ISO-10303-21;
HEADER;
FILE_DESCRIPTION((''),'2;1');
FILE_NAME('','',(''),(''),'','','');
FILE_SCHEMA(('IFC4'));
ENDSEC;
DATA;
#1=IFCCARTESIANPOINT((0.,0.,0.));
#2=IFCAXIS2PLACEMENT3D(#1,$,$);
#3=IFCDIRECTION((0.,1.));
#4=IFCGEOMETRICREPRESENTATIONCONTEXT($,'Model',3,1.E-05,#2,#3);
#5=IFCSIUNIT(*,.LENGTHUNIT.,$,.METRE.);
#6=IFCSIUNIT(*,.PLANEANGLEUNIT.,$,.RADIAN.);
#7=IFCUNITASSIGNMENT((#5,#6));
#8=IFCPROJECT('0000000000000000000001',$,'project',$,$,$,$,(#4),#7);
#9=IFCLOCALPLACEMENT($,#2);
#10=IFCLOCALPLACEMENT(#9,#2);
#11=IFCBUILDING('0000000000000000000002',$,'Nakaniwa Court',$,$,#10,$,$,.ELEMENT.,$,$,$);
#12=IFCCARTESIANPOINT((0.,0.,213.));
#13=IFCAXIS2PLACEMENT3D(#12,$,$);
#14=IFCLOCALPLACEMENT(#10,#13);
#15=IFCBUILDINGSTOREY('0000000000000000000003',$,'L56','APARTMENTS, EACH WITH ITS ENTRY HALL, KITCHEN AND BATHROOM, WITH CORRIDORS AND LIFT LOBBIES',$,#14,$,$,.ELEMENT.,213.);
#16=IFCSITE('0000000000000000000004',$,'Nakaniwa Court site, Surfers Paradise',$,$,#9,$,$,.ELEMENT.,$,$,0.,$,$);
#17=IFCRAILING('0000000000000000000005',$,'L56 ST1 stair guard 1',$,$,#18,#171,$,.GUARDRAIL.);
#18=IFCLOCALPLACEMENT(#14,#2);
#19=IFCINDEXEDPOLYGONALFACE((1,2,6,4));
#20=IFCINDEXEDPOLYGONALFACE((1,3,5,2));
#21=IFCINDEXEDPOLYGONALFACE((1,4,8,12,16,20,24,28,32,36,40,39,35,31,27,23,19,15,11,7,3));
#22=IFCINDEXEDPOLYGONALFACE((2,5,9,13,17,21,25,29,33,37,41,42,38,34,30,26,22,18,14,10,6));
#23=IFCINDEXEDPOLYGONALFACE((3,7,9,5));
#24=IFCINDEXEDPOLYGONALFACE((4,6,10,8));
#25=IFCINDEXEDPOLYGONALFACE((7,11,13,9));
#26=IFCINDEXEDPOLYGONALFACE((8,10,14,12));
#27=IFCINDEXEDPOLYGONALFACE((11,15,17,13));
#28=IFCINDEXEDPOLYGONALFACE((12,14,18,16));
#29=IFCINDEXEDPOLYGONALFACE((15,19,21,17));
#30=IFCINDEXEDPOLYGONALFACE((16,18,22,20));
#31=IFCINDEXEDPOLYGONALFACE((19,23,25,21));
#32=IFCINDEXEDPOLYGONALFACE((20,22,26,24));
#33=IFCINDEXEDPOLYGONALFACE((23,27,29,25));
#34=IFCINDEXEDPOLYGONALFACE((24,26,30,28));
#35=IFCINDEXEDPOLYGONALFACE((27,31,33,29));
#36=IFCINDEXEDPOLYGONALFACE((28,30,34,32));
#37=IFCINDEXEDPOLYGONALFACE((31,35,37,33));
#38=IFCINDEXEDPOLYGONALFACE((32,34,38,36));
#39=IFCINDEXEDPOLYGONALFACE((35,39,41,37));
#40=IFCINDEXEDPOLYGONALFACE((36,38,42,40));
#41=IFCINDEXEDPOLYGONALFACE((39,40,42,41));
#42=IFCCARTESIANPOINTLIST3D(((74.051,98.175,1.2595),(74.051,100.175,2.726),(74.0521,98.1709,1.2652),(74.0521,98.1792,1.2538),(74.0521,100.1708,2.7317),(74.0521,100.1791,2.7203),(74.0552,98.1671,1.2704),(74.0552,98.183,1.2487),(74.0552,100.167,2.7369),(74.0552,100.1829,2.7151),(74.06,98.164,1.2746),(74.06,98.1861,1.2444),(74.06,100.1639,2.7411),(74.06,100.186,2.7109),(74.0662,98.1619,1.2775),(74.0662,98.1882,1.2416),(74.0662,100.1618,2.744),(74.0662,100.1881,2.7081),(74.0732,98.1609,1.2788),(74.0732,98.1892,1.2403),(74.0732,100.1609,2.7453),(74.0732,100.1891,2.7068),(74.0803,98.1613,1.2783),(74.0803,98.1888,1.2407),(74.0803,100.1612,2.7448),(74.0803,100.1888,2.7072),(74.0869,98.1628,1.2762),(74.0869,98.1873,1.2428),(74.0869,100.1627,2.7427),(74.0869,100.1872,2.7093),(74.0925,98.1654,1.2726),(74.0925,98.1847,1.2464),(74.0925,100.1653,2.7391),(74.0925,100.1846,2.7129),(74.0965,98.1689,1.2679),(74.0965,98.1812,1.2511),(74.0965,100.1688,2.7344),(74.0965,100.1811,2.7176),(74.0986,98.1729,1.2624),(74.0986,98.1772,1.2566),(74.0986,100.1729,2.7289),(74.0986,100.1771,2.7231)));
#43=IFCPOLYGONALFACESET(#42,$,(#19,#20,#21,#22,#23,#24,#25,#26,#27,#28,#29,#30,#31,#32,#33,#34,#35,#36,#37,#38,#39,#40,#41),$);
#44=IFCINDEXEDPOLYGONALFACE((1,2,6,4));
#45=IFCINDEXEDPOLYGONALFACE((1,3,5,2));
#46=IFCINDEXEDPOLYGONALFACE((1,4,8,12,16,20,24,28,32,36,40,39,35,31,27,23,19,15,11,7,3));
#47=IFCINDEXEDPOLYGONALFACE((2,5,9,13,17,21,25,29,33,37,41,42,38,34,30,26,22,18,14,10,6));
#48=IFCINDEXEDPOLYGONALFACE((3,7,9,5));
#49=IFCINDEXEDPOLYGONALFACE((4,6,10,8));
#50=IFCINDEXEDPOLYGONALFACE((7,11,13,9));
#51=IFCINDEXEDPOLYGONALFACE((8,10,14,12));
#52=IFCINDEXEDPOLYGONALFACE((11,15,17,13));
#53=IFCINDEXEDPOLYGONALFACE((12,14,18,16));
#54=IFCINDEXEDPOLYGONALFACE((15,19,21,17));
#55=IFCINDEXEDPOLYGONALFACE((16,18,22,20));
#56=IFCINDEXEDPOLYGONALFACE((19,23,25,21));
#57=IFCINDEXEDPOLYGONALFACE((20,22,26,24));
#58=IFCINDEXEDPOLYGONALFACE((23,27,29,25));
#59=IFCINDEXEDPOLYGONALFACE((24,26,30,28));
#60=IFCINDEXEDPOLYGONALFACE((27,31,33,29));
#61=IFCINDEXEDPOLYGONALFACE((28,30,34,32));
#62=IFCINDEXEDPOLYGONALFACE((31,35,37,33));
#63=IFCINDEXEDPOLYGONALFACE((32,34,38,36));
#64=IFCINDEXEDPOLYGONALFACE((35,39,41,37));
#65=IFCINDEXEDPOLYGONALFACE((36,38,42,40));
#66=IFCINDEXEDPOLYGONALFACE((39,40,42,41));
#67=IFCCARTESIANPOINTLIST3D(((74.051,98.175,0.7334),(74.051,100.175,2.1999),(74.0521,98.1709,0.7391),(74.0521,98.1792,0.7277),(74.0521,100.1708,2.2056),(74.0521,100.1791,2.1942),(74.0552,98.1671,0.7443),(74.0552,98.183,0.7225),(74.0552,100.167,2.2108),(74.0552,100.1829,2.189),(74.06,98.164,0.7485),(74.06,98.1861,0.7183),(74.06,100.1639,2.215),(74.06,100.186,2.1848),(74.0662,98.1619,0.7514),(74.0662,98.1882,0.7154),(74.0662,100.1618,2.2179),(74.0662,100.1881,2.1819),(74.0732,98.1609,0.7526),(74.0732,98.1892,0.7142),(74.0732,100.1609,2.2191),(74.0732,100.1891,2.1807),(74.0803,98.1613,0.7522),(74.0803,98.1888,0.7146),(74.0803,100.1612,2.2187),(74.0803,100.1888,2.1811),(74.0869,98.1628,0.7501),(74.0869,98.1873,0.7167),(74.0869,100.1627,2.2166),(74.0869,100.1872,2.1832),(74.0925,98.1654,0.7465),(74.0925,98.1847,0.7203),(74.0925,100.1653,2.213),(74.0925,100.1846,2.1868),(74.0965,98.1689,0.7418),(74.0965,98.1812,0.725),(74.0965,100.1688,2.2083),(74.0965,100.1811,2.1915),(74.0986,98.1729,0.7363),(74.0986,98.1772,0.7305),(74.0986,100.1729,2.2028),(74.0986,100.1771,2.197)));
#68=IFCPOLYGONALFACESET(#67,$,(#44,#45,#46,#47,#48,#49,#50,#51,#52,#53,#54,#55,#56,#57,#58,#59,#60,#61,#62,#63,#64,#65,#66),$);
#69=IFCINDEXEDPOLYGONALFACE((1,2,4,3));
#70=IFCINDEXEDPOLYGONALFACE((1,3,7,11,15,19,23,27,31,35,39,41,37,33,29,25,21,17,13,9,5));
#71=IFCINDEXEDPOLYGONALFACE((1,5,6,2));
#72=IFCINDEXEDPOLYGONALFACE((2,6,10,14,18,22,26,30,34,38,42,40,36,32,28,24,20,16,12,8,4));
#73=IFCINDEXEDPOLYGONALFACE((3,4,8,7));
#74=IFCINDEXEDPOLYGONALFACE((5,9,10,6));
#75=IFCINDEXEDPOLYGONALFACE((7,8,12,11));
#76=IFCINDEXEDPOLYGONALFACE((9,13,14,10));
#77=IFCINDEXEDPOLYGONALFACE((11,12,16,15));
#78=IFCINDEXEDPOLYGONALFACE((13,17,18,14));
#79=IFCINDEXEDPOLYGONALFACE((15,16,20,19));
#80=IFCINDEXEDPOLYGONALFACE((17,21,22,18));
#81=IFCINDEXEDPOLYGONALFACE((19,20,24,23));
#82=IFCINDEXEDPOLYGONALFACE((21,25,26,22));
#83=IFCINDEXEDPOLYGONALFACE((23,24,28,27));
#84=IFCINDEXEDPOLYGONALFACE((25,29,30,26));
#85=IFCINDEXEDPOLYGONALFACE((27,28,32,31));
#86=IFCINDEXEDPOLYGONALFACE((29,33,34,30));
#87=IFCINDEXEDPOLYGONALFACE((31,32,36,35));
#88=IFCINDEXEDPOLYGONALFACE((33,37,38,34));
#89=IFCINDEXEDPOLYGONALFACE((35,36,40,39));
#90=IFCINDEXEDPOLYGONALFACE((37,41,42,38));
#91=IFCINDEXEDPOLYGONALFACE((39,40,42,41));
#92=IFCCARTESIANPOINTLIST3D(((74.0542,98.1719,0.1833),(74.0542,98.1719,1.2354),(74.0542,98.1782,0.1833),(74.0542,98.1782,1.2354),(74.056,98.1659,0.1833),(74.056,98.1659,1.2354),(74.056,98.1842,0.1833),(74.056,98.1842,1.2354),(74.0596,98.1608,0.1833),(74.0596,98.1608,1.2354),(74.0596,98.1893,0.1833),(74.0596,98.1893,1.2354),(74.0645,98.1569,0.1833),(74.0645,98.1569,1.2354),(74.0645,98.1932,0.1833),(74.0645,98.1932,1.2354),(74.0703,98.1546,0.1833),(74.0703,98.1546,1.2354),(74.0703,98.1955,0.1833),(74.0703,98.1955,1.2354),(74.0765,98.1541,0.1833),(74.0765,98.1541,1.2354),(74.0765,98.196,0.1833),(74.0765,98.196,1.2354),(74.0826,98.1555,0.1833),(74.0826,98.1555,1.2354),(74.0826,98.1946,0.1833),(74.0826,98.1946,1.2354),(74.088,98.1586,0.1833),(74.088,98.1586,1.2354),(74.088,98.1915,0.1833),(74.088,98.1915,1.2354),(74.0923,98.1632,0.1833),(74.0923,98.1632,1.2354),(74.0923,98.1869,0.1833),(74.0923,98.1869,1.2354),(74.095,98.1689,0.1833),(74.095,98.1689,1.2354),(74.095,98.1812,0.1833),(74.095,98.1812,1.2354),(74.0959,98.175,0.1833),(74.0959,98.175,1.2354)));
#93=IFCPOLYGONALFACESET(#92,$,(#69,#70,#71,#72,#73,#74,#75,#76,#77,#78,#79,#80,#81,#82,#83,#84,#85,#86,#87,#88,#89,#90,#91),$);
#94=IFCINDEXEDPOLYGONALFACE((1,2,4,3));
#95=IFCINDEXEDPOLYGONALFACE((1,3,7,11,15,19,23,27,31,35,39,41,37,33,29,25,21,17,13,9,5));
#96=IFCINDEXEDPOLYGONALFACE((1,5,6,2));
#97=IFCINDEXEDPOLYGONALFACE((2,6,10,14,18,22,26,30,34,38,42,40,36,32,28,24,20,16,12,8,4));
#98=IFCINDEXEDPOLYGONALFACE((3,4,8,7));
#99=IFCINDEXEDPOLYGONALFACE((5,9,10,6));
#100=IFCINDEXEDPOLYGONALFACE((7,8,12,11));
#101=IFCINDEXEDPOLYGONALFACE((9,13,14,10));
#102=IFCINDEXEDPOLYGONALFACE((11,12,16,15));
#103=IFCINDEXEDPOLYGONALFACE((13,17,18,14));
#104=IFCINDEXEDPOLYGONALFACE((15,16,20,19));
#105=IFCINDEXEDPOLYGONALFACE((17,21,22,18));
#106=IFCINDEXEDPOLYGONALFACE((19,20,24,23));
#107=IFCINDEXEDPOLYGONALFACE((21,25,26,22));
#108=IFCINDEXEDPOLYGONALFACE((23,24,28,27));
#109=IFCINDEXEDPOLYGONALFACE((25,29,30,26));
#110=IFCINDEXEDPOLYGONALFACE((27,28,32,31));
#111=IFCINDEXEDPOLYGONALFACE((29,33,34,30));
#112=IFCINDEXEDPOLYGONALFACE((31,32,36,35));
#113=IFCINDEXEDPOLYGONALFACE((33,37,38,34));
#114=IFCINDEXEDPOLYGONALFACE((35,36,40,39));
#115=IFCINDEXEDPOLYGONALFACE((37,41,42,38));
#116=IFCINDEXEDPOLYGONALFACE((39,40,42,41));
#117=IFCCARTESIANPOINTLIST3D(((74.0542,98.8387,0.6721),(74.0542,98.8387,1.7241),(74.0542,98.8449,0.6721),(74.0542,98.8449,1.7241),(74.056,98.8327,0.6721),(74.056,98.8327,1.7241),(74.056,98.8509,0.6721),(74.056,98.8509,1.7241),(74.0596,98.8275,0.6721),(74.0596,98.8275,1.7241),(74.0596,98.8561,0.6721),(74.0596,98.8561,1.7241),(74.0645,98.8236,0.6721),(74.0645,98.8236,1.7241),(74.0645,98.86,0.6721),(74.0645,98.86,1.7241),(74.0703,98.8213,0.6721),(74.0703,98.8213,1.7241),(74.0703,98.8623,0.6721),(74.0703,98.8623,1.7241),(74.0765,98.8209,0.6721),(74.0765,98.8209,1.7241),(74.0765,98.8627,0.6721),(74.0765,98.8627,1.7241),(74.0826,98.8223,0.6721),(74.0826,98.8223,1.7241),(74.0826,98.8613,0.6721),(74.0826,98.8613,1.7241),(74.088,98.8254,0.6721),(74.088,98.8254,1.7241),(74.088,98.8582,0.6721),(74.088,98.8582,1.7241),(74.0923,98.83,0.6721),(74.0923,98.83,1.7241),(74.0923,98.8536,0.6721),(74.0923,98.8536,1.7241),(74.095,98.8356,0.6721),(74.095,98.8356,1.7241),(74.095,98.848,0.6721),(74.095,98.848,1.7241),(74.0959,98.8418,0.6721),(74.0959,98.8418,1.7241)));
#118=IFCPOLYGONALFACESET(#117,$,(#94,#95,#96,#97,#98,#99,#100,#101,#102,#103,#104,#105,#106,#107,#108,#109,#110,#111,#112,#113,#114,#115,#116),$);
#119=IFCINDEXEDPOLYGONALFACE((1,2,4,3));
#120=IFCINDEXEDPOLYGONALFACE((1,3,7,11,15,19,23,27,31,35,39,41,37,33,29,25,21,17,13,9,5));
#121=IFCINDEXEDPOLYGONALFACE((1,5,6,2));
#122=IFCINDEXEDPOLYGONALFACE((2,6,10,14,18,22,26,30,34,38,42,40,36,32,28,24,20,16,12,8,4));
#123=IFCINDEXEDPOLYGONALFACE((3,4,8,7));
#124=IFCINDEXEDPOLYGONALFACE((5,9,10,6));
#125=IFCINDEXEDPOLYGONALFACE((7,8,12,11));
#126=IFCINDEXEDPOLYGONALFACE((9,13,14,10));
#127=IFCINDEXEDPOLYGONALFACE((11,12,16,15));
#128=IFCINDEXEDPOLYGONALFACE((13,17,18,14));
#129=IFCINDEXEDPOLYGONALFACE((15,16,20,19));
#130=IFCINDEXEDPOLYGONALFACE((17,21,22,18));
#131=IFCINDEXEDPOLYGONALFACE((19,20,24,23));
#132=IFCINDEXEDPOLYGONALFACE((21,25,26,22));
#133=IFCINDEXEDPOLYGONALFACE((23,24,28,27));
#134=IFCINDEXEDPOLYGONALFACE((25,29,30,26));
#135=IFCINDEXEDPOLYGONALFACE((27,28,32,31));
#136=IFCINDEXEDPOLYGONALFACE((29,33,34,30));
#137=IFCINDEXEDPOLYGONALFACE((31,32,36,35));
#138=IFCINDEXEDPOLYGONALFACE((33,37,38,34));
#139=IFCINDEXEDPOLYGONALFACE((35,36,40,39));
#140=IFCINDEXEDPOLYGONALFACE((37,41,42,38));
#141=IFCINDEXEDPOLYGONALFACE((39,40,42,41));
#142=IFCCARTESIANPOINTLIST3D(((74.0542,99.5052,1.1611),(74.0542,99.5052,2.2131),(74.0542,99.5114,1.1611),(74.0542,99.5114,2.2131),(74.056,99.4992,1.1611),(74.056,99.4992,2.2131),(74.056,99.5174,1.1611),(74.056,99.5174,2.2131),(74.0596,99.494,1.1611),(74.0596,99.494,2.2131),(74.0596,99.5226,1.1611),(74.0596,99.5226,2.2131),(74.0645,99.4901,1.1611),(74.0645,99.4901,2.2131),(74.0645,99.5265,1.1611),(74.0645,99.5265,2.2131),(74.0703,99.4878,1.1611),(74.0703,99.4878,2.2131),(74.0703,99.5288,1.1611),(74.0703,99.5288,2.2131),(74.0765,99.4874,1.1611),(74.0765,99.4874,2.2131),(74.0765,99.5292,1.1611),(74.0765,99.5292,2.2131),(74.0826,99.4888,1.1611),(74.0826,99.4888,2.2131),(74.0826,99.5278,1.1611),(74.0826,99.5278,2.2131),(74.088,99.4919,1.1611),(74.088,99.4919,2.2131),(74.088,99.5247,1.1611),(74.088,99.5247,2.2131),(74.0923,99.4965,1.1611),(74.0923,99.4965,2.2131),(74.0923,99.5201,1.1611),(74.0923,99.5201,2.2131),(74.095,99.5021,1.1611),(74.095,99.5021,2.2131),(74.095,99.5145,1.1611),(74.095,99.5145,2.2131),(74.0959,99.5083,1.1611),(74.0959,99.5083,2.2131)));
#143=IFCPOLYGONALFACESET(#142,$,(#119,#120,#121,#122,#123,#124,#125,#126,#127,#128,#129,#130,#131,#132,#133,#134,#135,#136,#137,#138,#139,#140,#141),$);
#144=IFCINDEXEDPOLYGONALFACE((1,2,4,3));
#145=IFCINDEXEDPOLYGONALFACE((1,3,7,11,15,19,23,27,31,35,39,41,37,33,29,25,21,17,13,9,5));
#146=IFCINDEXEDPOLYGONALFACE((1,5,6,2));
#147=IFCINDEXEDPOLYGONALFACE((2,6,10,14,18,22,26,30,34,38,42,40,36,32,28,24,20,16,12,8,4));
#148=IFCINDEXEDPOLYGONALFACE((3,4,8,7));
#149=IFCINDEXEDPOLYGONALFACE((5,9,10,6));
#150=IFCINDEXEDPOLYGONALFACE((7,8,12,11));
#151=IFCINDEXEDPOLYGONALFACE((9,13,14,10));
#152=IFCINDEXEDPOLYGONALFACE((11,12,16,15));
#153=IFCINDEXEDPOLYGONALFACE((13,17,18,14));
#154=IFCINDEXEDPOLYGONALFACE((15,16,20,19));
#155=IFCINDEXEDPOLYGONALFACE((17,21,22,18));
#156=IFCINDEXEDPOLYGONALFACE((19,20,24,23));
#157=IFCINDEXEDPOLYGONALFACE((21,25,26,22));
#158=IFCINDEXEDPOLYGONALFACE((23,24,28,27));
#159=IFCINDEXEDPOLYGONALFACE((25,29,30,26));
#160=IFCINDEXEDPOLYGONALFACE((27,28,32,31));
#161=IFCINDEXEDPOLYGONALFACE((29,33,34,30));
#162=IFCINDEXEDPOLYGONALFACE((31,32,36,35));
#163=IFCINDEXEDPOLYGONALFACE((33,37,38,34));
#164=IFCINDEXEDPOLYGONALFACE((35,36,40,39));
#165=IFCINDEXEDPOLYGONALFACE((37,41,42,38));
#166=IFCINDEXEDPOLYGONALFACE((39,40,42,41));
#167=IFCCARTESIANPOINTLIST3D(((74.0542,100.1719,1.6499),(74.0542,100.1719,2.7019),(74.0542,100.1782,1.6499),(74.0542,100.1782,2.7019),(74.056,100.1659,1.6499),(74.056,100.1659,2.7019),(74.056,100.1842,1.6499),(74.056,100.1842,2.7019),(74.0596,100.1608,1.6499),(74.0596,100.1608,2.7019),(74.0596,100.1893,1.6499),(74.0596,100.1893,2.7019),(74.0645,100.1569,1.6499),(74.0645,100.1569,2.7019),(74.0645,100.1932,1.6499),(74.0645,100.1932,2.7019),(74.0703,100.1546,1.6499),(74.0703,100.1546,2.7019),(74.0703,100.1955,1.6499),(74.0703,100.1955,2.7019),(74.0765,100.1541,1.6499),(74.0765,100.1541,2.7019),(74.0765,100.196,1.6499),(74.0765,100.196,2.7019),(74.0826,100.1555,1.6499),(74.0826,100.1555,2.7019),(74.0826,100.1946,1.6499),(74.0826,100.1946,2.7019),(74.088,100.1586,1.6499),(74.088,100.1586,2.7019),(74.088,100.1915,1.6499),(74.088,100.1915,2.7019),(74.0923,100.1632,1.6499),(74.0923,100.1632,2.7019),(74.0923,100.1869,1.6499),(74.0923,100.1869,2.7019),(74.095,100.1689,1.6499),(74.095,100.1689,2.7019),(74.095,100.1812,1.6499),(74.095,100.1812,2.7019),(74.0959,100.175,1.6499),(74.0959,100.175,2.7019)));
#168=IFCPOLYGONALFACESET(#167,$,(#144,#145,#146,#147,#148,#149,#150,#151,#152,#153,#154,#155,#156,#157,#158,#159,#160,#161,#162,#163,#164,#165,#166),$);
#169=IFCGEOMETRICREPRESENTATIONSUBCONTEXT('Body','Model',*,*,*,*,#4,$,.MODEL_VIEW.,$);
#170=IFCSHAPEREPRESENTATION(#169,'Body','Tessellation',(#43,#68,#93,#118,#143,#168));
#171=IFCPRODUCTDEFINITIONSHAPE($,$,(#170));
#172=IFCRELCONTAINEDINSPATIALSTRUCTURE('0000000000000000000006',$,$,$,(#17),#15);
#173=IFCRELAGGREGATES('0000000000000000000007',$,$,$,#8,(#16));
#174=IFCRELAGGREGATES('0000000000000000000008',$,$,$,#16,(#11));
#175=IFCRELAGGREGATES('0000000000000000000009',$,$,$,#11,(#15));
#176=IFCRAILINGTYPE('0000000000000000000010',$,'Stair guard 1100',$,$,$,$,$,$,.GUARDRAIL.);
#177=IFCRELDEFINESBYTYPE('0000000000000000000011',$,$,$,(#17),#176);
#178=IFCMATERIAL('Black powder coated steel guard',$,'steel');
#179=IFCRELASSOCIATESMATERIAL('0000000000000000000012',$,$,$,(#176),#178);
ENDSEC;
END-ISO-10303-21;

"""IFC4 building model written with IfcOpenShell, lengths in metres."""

from ifc_helpers import new_model, si_unit, direction, frame, origin, origin_2d, place, context, subcontext, project, spatial, circle, extrude, material, type_object, element, save


model = new_model("IFC4")

# Units and contexts
model_context = context("Model", 3, precision=1e-05, world=origin(), true_north=direction((0.0, 1.0)))
body_context = subcontext(model_context, "Body", "Model", "MODEL_VIEW")
ifc_project = project(units=[si_unit("LENGTHUNIT", "METRE"), si_unit("PLANEANGLEUNIT", "RADIAN")], contexts=[model_context])

# Site, building, storey
site_placement = place(None, origin())
site = spatial("IfcSite", under=ifc_project, at=site_placement, Name="Nakaniwa Court site, Surfers Paradise", CompositionType="ELEMENT", RefElevation=0.0)
building_placement = place(site_placement, origin())
building = spatial("IfcBuilding", under=site, at=building_placement, Name="Nakaniwa Court", CompositionType="ELEMENT")
storey_placement = place(building_placement, frame((0.0, 0.0, 213.0)))
storey = spatial("IfcBuildingStorey", under=building, at=storey_placement, Name="L56", Description="APARTMENTS, EACH WITH ITS ENTRY HALL, KITCHEN AND BATHROOM, WITH CORRIDORS AND LIFT LOBBIES", CompositionType="ELEMENT", Elevation=213.0)

# Railing
ifc_material_1 = material(Name="Black powder coated steel guard", Category="steel")
railing_type_1 = type_object("IfcRailingType", Name="Stair guard 1100", PredefinedType="GUARDRAIL", material=ifc_material_1)
railing_1_placement = place(storey_placement, frame((74.075, 98.175, 0.1833)))
element("IfcRailing", 1, at=railing_1_placement, inside=storey, type_object=railing_type_1, Name="L56 ST1 stair guard 1", PredefinedType="GUARDRAIL", context=body_context, shape_type="SweptSolid", body=[
    extrude(circle(Radius=0.0239, at=origin_2d()), frame((0.0, 0.0, 1.0762), z_axis=(0.0, 0.806427, 0.591334), x_axis=(-1.0, 0.0, 0.0)), (0.0, 0.0, 1.0), 2.48),
    extrude(circle(Radius=0.0239, at=origin_2d()), frame((0.0, 0.0, 0.55), z_axis=(0.0, 0.806427, 0.591334), x_axis=(-1.0, 0.0, 0.0)), (0.0, 0.0, 1.0), 2.48),
    extrude(circle(Radius=0.021, at=origin_2d()), origin(), (0.0, 0.0, 1.0), 1.052),
    extrude(circle(Radius=0.021, at=origin_2d()), frame((0.0, 0.6667, 0.4888)), (0.0, 0.0, 1.0), 1.052),
    extrude(circle(Radius=0.021, at=origin_2d()), frame((0.0, 1.3333, 0.9778)), (0.0, 0.0, 1.0), 1.052),
    extrude(circle(Radius=0.021, at=origin_2d()), frame((0.0, 2.0, 1.4666)), (0.0, 0.0, 1.0), 1.052),
])

save(model, "model.ifc")
